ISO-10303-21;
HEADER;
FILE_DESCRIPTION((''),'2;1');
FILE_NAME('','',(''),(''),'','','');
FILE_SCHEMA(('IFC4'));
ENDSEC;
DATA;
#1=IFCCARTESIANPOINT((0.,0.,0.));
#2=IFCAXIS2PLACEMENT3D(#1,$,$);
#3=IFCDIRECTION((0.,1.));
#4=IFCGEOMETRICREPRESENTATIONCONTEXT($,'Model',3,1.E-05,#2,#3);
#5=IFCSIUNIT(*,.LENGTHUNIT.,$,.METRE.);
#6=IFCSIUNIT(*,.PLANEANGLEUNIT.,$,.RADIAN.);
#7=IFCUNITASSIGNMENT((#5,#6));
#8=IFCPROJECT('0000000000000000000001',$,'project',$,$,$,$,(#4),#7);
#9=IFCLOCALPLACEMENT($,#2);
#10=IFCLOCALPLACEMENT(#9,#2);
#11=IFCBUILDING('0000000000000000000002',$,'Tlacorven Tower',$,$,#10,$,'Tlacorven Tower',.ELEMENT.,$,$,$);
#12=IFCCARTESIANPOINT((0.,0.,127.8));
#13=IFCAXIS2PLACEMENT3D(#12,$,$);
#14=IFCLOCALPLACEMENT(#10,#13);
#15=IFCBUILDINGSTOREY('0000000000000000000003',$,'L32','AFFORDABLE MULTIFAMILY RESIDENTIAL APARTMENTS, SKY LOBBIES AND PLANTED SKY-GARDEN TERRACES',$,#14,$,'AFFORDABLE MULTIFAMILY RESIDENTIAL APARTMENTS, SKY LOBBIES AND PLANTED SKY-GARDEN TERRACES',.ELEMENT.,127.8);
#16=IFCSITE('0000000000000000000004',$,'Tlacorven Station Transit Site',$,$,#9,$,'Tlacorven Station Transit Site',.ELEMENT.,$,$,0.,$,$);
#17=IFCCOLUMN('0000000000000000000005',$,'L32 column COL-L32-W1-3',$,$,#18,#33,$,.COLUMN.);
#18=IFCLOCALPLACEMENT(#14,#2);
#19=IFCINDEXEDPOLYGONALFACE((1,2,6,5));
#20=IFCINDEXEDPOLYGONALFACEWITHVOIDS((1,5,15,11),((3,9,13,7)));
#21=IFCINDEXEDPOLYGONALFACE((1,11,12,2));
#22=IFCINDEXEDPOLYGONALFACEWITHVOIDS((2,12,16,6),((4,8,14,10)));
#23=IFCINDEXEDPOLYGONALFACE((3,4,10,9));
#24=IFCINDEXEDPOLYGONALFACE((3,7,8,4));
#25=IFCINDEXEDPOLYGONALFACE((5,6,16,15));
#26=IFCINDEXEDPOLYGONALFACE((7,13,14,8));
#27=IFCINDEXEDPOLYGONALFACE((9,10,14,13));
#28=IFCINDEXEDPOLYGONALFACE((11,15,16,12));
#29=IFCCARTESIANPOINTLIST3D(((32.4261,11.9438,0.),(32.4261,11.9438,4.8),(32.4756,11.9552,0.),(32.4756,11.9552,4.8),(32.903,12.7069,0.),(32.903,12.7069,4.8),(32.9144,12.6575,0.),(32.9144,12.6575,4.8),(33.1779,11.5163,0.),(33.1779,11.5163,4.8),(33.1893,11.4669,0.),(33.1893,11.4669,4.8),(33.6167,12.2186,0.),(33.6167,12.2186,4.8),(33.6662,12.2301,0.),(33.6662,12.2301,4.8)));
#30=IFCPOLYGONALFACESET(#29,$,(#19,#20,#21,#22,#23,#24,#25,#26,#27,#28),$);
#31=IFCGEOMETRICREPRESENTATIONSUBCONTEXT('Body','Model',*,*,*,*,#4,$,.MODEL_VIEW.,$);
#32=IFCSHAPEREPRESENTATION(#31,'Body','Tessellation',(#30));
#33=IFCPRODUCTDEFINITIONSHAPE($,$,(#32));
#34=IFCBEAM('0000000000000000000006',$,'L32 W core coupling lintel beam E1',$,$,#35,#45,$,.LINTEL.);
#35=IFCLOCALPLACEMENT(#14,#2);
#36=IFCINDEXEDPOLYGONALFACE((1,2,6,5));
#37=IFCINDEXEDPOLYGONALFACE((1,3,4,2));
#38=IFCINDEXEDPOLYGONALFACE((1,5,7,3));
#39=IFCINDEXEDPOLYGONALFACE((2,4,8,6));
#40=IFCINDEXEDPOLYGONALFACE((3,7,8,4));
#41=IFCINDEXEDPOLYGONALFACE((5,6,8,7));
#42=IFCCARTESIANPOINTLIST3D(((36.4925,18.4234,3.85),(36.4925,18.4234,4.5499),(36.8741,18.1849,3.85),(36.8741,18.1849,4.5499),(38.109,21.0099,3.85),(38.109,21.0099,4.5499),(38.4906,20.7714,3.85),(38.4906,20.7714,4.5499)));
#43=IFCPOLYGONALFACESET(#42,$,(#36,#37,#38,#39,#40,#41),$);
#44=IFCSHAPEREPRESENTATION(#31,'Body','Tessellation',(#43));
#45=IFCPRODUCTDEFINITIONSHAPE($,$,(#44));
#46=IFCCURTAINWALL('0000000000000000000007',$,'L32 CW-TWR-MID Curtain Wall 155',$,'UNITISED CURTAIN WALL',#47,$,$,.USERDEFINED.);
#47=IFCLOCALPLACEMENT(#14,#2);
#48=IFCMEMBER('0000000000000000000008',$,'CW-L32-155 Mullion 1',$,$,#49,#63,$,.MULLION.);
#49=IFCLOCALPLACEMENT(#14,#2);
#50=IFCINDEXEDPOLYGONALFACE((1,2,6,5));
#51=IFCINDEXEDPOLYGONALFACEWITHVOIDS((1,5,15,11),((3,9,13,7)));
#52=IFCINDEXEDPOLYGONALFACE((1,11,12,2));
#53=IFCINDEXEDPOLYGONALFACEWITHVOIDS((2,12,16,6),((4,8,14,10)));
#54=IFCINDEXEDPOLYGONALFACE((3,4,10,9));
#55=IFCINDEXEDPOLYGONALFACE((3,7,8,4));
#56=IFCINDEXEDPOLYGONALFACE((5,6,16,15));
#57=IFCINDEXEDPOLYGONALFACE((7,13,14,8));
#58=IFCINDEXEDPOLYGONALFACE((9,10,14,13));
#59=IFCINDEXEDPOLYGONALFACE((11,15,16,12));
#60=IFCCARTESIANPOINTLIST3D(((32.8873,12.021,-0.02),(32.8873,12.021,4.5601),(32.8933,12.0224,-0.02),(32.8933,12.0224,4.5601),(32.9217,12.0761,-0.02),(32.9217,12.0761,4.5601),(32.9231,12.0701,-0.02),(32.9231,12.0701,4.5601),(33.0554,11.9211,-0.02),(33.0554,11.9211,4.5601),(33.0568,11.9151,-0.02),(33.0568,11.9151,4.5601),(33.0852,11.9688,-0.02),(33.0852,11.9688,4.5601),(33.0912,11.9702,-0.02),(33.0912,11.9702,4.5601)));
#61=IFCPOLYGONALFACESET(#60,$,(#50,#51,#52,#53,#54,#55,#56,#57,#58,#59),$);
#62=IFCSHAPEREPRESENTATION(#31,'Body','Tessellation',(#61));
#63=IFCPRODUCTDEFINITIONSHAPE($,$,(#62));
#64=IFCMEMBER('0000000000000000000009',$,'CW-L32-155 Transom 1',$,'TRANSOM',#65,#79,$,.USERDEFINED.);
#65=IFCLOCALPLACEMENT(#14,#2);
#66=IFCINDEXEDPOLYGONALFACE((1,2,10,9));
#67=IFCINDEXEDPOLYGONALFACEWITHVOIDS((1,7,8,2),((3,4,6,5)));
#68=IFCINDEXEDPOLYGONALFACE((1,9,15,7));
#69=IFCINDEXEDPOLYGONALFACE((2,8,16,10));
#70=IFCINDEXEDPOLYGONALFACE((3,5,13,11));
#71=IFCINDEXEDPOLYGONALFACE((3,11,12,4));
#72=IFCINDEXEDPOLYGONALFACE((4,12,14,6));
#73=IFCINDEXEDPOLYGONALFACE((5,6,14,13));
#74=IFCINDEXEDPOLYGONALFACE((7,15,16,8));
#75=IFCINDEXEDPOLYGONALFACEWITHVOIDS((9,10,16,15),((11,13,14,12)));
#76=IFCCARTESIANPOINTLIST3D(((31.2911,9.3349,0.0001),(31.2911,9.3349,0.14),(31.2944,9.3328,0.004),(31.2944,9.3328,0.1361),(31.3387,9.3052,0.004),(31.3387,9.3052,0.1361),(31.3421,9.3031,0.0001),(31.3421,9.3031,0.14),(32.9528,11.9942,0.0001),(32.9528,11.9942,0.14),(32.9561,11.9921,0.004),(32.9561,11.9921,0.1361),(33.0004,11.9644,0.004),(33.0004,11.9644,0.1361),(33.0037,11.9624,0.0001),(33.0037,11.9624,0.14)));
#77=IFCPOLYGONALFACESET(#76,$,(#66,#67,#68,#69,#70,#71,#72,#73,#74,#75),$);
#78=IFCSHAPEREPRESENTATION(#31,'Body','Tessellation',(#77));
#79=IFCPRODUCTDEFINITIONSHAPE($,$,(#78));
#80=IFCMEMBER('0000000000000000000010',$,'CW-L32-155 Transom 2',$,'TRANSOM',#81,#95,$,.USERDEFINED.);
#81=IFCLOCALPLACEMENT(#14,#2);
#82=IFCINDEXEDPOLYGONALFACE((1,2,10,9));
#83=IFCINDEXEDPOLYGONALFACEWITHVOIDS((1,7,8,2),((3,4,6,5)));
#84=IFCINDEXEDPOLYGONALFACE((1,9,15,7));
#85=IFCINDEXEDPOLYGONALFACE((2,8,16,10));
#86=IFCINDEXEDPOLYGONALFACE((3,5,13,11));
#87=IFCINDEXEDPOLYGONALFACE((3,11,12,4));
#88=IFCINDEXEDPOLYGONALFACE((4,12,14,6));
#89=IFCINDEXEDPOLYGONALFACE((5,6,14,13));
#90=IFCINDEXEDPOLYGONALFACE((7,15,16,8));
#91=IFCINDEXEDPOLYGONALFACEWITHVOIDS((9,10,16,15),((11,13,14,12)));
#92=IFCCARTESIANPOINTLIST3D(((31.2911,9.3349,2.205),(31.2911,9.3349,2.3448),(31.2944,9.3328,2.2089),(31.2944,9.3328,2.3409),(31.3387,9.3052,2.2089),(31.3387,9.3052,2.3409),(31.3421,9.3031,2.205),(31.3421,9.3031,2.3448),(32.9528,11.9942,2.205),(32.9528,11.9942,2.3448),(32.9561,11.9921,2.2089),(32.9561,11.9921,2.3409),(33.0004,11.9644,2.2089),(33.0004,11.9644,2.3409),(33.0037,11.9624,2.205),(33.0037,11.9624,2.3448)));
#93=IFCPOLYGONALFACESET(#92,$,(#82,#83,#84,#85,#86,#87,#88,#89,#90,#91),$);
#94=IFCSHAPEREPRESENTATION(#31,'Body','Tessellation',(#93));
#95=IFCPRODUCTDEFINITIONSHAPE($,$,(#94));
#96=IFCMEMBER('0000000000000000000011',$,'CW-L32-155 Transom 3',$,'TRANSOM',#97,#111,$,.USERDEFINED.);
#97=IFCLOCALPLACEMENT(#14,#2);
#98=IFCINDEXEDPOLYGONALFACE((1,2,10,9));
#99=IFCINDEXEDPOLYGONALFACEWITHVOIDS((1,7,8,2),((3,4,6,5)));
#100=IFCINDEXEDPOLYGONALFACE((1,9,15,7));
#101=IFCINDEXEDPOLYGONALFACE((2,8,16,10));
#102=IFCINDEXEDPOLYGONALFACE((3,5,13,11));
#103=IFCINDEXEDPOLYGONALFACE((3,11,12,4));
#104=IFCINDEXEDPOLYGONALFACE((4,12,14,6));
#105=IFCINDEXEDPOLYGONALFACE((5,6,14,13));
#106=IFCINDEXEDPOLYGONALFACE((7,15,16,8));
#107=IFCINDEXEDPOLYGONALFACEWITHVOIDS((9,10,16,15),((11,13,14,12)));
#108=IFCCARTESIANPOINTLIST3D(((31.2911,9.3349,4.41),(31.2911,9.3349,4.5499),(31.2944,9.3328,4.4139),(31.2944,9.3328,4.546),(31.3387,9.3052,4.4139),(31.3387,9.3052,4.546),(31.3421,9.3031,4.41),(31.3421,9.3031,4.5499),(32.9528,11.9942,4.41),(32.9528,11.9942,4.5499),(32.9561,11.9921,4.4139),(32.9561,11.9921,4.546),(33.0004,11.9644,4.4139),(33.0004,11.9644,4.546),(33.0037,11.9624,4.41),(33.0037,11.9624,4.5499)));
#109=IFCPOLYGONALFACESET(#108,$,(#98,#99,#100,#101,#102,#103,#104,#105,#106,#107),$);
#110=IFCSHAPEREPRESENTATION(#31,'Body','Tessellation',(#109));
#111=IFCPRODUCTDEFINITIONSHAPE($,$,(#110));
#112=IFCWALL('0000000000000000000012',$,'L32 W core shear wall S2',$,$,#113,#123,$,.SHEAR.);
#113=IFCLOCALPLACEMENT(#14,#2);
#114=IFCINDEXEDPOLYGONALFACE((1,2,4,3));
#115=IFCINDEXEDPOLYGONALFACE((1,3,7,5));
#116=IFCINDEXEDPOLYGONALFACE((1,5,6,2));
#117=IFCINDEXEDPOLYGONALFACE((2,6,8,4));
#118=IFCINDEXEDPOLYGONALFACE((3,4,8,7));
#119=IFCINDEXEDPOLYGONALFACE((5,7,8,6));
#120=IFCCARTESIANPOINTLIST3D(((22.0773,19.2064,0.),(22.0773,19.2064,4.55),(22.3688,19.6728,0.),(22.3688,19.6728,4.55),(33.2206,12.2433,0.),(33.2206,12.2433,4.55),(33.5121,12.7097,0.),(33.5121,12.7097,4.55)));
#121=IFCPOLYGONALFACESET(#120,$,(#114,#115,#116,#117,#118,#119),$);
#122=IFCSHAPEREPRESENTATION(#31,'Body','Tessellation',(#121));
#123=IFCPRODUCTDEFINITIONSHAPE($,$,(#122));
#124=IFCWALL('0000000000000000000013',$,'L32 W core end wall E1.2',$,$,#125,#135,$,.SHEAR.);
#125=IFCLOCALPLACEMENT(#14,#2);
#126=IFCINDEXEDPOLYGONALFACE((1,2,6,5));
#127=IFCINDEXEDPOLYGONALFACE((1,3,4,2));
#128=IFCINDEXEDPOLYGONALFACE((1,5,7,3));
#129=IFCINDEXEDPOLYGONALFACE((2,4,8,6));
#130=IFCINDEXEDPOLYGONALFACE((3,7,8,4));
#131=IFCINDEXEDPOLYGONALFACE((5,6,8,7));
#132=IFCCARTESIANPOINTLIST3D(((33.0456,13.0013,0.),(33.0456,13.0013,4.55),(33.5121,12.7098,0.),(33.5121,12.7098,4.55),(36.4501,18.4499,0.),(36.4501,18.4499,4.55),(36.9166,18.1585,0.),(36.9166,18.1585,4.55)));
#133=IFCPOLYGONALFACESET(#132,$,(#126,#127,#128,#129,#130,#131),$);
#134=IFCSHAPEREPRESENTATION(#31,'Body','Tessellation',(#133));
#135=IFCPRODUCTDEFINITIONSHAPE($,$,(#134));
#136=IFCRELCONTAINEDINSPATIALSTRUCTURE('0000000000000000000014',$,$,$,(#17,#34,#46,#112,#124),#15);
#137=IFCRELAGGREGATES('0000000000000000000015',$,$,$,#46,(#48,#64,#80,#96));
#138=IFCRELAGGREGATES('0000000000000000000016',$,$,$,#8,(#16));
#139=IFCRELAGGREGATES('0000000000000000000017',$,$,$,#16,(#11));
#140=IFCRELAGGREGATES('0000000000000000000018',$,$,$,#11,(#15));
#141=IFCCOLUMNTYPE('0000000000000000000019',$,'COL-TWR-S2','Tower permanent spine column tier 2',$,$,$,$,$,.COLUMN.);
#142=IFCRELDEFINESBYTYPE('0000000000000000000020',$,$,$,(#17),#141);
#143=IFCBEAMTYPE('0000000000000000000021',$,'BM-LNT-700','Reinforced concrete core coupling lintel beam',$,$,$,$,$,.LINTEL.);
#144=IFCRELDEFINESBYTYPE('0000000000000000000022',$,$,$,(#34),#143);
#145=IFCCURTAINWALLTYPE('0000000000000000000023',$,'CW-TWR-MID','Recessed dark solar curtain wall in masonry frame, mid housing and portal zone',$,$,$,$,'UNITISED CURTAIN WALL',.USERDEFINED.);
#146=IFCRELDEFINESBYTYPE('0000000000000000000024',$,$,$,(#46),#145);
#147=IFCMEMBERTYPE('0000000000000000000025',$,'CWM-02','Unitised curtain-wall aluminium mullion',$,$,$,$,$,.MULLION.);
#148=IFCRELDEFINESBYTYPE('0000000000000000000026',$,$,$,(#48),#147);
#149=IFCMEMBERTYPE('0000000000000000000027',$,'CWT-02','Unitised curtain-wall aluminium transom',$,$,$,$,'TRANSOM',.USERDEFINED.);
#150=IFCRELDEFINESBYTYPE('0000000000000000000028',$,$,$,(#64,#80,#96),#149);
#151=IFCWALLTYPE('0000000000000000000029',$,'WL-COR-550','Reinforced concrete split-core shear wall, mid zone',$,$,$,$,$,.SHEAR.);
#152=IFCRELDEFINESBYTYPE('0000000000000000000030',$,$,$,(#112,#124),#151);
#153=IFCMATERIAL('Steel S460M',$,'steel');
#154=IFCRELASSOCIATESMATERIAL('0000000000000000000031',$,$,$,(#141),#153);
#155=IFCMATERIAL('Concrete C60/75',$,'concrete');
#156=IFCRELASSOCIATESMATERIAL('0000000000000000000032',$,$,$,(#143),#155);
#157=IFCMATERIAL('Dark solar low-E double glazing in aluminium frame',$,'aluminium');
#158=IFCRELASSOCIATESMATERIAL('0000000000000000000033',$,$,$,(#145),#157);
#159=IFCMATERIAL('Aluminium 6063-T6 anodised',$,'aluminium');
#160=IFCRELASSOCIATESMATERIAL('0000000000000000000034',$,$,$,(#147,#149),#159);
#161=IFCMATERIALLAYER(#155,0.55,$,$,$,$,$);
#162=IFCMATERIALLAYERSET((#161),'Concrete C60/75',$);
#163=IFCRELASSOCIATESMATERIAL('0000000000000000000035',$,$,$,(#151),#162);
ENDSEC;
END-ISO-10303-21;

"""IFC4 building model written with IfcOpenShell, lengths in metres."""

from ifc_helpers import new_model, si_unit, direction, frame, frame_2d, origin, origin_2d, place, context, subcontext, project, spatial, rectangle, hollow_rectangle, extrude, source, transform, mapped, material, layer, layer_set, material_profile, profile_set, type_object, element, aggregate, save


model = new_model("IFC4")

# Units and contexts
model_context = context("Model", 3, precision=1e-05, world=origin(), true_north=direction((0.0, 1.0)))
body_context = subcontext(model_context, "Body", "Model", "MODEL_VIEW")
ifc_project = project(units=[si_unit("LENGTHUNIT", "METRE"), si_unit("PLANEANGLEUNIT", "RADIAN")], contexts=[model_context])

# Site, building, storey
site_placement = place(None, origin())
site = spatial("IfcSite", under=ifc_project, at=site_placement, Name="Tlacorven Station Transit Site", LongName="Tlacorven Station Transit Site", CompositionType="ELEMENT", RefElevation=0.0)
building_placement = place(site_placement, origin())
building = spatial("IfcBuilding", under=site, at=building_placement, Name="Tlacorven Tower", LongName="Tlacorven Tower", CompositionType="ELEMENT")
storey_placement = place(building_placement, frame((0.0, 0.0, 127.8)))
storey = spatial("IfcBuildingStorey", under=building, at=storey_placement, Name="L32", Description="AFFORDABLE MULTIFAMILY RESIDENTIAL APARTMENTS, SKY LOBBIES AND PLANTED SKY-GARDEN TERRACES", LongName="AFFORDABLE MULTIFAMILY RESIDENTIAL APARTMENTS, SKY LOBBIES AND PLANTED SKY-GARDEN TERRACES", CompositionType="ELEMENT", Elevation=127.8)

# Column
ifc_material_1 = material(Name="Steel S460M", Category="steel")
ifc_material_profile_1 = material_profile(ifc_material_1, hollow_rectangle(XDim=0.8999, YDim=0.8999, WallThickness=0.0359, at=origin_2d()), Name="BOX 900X900X36")
ifc_profile_set_1 = profile_set([ifc_material_profile_1], Name="Steel S460M")
column_type = type_object("IfcColumnType", Name="COL-TWR-S2", Description="Tower permanent spine column tier 2", PredefinedType="COLUMN", material=ifc_profile_set_1)
shared_shape_1 = source(origin(), body_context, "Body", "SweptSolid", [
    extrude(hollow_rectangle(XDim=0.8999, YDim=0.8999, WallThickness=0.0359, at=origin_2d()), origin(), (0.0, 0.0, 1.0), 4.8),
])
column_placement = place(storey_placement, frame((33.0461, 12.0869, 0.0), z_axis=(0.0, 0.0, 1.0), x_axis=(-0.848048, 0.529919, 0.0)))
element("IfcColumn", 1, at=column_placement, inside=storey, type_object=column_type, Name="L32 column COL-L32-W1-3", PredefinedType="COLUMN", context=body_context, shape_type="MappedRepresentation", body=[
    mapped(shared_shape_1, transform((0.0, 0.0, 0.0), scale=1.0)),
])

# Beam
ifc_material_2 = material(Name="Concrete C60/75", Category="concrete")
ifc_material_profile_2 = material_profile(ifc_material_2, rectangle(XDim=0.45, YDim=0.7, at=origin_2d()), Name="RC 450X700")
ifc_profile_set_2 = profile_set([ifc_material_profile_2], Name="Concrete C60/75")
beam_type = type_object("IfcBeamType", Name="BM-LNT-700", Description="Reinforced concrete core coupling lintel beam", PredefinedType="LINTEL", material=ifc_profile_set_2)
shared_shape_2 = source(origin(), body_context, "Body", "SweptSolid", [
    extrude(rectangle(XDim=0.45, YDim=0.7, at=origin_2d()), origin(), (0.0, 0.0, 1.0), 3.05),
])
beam_placement = place(storey_placement, frame((38.2998, 20.8906, 4.2), z_axis=(-0.529985, -0.848007, 0.0), x_axis=(0.848007, -0.529985, 0.0)))
element("IfcBeam", 2, at=beam_placement, inside=storey, type_object=beam_type, Name="L32 W core coupling lintel beam E1", PredefinedType="LINTEL", context=body_context, shape_type="MappedRepresentation", body=[
    mapped(shared_shape_2, transform((0.0, 0.0, 0.0), scale=1.0)),
])

# Curtain wall, members
ifc_material_3 = material(Name="Dark solar low-E double glazing in aluminium frame", Category="aluminium")
curtain_wall_type = type_object("IfcCurtainWallType", Name="CW-TWR-MID", Description="Recessed dark solar curtain wall in masonry frame, mid housing and portal zone", ElementType="UNITISED CURTAIN WALL", PredefinedType="USERDEFINED", material=ifc_material_3)
curtain_wall_placement = place(storey_placement, origin())
curtain_wall = element("IfcCurtainWall", 3, at=curtain_wall_placement, inside=storey, type_object=curtain_wall_type, Name="L32 CW-TWR-MID Curtain Wall 155", ObjectType="UNITISED CURTAIN WALL", PredefinedType="USERDEFINED")
ifc_material_4 = material(Name="Aluminium 6063-T6 anodised", Category="aluminium")
ifc_material_profile_3 = material_profile(ifc_material_4, hollow_rectangle(XDim=0.0649, YDim=0.2, WallThickness=0.0044, at=origin_2d()), Name="ALU MULLION 65X200")
ifc_profile_set_3 = profile_set([ifc_material_profile_3], Name="Aluminium 6063-T6 anodised")
member_type_1 = type_object("IfcMemberType", Name="CWM-02", Description="Unitised curtain-wall aluminium mullion", PredefinedType="MULLION", material=ifc_profile_set_3)
shared_shape_3 = source(origin(), body_context, "Body", "SweptSolid", [
    extrude(hollow_rectangle(XDim=0.0649, YDim=0.2, WallThickness=0.0044, at=origin_2d()), origin(), (0.0, 0.0, 1.0), 4.5801),
])
member_1_placement = place(storey_placement, frame((32.9893, 11.9956, -0.02), z_axis=(0.0, 0.0, 1.0), x_axis=(-0.529919, -0.848048, 0.0)))
member_1 = element("IfcMember", 4, at=member_1_placement, type_object=member_type_1, Name="CW-L32-155 Mullion 1", PredefinedType="MULLION", context=body_context, shape_type="MappedRepresentation", body=[
    mapped(shared_shape_3, transform((0.0, 0.0, 0.0), scale=1.0)),
])
ifc_material_profile_4 = material_profile(ifc_material_4, hollow_rectangle(XDim=0.0601, YDim=0.1399, WallThickness=0.0039, at=origin_2d()), Name="ALU TRANSOM 60X140")
ifc_profile_set_4 = profile_set([ifc_material_profile_4], Name="Aluminium 6063-T6 anodised")
member_type_2 = type_object("IfcMemberType", Name="CWT-02", Description="Unitised curtain-wall aluminium transom", ElementType="TRANSOM", PredefinedType="USERDEFINED", material=ifc_profile_set_4)
shared_shape_4 = source(origin(), body_context, "Body", "SweptSolid", [
    extrude(hollow_rectangle(XDim=0.0601, YDim=0.1399, WallThickness=0.0039, at=origin_2d()), origin(), (0.0, 0.0, 1.0), 3.1357),
])
member_2_placement = place(storey_placement, frame((32.9783, 11.9783, 0.0701), z_axis=(-0.529915, -0.848051, 0.0), x_axis=(0.848051, -0.529915, 0.0)))
member_2 = element("IfcMember", 5, at=member_2_placement, type_object=member_type_2, Name="CW-L32-155 Transom 1", ObjectType="TRANSOM", PredefinedType="USERDEFINED", context=body_context, shape_type="MappedRepresentation", body=[
    mapped(shared_shape_4, transform((0.0, 0.0, 0.0), scale=1.0)),
])
member_3_placement = place(storey_placement, frame((32.9783, 11.9783, 2.2749), z_axis=(-0.529915, -0.848051, 0.0), x_axis=(0.848051, -0.529915, 0.0)))
member_3 = element("IfcMember", 6, at=member_3_placement, type_object=member_type_2, Name="CW-L32-155 Transom 2", ObjectType="TRANSOM", PredefinedType="USERDEFINED", context=body_context, shape_type="MappedRepresentation", body=[
    mapped(shared_shape_4, transform((0.0, 0.0, 0.0), scale=1.0)),
])
member_4_placement = place(storey_placement, frame((32.9783, 11.9783, 4.48), z_axis=(-0.529915, -0.848051, 0.0), x_axis=(0.848051, -0.529915, 0.0)))
member_4 = element("IfcMember", 7, at=member_4_placement, type_object=member_type_2, Name="CW-L32-155 Transom 3", ObjectType="TRANSOM", PredefinedType="USERDEFINED", context=body_context, shape_type="MappedRepresentation", body=[
    mapped(shared_shape_4, transform((0.0, 0.0, 0.0), scale=1.0)),
])
aggregate(curtain_wall, [member_1, member_2, member_3, member_4])

# Walls
ifc_layer_1 = layer(ifc_material_2, 0.55)
ifc_layer_set_1 = layer_set([ifc_layer_1], Name="Concrete C60/75")
wall_type_1 = type_object("IfcWallType", Name="WL-COR-550", Description="Reinforced concrete split-core shear wall, mid zone", PredefinedType="SHEAR", material=ifc_layer_set_1)
wall_1_placement = place(storey_placement, frame((33.3662, 12.4766, 0.0), z_axis=(0.0, 0.0, 1.0), x_axis=(-0.848047, 0.52992, 0.0)))
element("IfcWall", 8, at=wall_1_placement, inside=storey, type_object=wall_type_1, Name="L32 W core shear wall S2", PredefinedType="SHEAR", context=body_context, shape_type="SweptSolid", body=[
    extrude(rectangle(XDim=13.1399, YDim=0.55, at=frame_2d((6.5698, 0.0))), origin(), (0.0, 0.0, 1.0), 4.55),
])
wall_2_placement = place(storey_placement, frame((36.6833, 18.3042, 0.0), z_axis=(0.0, 0.0, 1.0), x_axis=(-0.529896, -0.848062, 0.0)))
element("IfcWall", 9, at=wall_2_placement, inside=storey, type_object=wall_type_1, Name="L32 W core end wall E1.2", PredefinedType="SHEAR", context=body_context, shape_type="SweptSolid", body=[
    extrude(rectangle(XDim=6.4248, YDim=0.55, at=frame_2d((3.2124, 0.0))), origin(), (0.0, 0.0, 1.0), 4.55),
])

save(model, "model.ifc")
